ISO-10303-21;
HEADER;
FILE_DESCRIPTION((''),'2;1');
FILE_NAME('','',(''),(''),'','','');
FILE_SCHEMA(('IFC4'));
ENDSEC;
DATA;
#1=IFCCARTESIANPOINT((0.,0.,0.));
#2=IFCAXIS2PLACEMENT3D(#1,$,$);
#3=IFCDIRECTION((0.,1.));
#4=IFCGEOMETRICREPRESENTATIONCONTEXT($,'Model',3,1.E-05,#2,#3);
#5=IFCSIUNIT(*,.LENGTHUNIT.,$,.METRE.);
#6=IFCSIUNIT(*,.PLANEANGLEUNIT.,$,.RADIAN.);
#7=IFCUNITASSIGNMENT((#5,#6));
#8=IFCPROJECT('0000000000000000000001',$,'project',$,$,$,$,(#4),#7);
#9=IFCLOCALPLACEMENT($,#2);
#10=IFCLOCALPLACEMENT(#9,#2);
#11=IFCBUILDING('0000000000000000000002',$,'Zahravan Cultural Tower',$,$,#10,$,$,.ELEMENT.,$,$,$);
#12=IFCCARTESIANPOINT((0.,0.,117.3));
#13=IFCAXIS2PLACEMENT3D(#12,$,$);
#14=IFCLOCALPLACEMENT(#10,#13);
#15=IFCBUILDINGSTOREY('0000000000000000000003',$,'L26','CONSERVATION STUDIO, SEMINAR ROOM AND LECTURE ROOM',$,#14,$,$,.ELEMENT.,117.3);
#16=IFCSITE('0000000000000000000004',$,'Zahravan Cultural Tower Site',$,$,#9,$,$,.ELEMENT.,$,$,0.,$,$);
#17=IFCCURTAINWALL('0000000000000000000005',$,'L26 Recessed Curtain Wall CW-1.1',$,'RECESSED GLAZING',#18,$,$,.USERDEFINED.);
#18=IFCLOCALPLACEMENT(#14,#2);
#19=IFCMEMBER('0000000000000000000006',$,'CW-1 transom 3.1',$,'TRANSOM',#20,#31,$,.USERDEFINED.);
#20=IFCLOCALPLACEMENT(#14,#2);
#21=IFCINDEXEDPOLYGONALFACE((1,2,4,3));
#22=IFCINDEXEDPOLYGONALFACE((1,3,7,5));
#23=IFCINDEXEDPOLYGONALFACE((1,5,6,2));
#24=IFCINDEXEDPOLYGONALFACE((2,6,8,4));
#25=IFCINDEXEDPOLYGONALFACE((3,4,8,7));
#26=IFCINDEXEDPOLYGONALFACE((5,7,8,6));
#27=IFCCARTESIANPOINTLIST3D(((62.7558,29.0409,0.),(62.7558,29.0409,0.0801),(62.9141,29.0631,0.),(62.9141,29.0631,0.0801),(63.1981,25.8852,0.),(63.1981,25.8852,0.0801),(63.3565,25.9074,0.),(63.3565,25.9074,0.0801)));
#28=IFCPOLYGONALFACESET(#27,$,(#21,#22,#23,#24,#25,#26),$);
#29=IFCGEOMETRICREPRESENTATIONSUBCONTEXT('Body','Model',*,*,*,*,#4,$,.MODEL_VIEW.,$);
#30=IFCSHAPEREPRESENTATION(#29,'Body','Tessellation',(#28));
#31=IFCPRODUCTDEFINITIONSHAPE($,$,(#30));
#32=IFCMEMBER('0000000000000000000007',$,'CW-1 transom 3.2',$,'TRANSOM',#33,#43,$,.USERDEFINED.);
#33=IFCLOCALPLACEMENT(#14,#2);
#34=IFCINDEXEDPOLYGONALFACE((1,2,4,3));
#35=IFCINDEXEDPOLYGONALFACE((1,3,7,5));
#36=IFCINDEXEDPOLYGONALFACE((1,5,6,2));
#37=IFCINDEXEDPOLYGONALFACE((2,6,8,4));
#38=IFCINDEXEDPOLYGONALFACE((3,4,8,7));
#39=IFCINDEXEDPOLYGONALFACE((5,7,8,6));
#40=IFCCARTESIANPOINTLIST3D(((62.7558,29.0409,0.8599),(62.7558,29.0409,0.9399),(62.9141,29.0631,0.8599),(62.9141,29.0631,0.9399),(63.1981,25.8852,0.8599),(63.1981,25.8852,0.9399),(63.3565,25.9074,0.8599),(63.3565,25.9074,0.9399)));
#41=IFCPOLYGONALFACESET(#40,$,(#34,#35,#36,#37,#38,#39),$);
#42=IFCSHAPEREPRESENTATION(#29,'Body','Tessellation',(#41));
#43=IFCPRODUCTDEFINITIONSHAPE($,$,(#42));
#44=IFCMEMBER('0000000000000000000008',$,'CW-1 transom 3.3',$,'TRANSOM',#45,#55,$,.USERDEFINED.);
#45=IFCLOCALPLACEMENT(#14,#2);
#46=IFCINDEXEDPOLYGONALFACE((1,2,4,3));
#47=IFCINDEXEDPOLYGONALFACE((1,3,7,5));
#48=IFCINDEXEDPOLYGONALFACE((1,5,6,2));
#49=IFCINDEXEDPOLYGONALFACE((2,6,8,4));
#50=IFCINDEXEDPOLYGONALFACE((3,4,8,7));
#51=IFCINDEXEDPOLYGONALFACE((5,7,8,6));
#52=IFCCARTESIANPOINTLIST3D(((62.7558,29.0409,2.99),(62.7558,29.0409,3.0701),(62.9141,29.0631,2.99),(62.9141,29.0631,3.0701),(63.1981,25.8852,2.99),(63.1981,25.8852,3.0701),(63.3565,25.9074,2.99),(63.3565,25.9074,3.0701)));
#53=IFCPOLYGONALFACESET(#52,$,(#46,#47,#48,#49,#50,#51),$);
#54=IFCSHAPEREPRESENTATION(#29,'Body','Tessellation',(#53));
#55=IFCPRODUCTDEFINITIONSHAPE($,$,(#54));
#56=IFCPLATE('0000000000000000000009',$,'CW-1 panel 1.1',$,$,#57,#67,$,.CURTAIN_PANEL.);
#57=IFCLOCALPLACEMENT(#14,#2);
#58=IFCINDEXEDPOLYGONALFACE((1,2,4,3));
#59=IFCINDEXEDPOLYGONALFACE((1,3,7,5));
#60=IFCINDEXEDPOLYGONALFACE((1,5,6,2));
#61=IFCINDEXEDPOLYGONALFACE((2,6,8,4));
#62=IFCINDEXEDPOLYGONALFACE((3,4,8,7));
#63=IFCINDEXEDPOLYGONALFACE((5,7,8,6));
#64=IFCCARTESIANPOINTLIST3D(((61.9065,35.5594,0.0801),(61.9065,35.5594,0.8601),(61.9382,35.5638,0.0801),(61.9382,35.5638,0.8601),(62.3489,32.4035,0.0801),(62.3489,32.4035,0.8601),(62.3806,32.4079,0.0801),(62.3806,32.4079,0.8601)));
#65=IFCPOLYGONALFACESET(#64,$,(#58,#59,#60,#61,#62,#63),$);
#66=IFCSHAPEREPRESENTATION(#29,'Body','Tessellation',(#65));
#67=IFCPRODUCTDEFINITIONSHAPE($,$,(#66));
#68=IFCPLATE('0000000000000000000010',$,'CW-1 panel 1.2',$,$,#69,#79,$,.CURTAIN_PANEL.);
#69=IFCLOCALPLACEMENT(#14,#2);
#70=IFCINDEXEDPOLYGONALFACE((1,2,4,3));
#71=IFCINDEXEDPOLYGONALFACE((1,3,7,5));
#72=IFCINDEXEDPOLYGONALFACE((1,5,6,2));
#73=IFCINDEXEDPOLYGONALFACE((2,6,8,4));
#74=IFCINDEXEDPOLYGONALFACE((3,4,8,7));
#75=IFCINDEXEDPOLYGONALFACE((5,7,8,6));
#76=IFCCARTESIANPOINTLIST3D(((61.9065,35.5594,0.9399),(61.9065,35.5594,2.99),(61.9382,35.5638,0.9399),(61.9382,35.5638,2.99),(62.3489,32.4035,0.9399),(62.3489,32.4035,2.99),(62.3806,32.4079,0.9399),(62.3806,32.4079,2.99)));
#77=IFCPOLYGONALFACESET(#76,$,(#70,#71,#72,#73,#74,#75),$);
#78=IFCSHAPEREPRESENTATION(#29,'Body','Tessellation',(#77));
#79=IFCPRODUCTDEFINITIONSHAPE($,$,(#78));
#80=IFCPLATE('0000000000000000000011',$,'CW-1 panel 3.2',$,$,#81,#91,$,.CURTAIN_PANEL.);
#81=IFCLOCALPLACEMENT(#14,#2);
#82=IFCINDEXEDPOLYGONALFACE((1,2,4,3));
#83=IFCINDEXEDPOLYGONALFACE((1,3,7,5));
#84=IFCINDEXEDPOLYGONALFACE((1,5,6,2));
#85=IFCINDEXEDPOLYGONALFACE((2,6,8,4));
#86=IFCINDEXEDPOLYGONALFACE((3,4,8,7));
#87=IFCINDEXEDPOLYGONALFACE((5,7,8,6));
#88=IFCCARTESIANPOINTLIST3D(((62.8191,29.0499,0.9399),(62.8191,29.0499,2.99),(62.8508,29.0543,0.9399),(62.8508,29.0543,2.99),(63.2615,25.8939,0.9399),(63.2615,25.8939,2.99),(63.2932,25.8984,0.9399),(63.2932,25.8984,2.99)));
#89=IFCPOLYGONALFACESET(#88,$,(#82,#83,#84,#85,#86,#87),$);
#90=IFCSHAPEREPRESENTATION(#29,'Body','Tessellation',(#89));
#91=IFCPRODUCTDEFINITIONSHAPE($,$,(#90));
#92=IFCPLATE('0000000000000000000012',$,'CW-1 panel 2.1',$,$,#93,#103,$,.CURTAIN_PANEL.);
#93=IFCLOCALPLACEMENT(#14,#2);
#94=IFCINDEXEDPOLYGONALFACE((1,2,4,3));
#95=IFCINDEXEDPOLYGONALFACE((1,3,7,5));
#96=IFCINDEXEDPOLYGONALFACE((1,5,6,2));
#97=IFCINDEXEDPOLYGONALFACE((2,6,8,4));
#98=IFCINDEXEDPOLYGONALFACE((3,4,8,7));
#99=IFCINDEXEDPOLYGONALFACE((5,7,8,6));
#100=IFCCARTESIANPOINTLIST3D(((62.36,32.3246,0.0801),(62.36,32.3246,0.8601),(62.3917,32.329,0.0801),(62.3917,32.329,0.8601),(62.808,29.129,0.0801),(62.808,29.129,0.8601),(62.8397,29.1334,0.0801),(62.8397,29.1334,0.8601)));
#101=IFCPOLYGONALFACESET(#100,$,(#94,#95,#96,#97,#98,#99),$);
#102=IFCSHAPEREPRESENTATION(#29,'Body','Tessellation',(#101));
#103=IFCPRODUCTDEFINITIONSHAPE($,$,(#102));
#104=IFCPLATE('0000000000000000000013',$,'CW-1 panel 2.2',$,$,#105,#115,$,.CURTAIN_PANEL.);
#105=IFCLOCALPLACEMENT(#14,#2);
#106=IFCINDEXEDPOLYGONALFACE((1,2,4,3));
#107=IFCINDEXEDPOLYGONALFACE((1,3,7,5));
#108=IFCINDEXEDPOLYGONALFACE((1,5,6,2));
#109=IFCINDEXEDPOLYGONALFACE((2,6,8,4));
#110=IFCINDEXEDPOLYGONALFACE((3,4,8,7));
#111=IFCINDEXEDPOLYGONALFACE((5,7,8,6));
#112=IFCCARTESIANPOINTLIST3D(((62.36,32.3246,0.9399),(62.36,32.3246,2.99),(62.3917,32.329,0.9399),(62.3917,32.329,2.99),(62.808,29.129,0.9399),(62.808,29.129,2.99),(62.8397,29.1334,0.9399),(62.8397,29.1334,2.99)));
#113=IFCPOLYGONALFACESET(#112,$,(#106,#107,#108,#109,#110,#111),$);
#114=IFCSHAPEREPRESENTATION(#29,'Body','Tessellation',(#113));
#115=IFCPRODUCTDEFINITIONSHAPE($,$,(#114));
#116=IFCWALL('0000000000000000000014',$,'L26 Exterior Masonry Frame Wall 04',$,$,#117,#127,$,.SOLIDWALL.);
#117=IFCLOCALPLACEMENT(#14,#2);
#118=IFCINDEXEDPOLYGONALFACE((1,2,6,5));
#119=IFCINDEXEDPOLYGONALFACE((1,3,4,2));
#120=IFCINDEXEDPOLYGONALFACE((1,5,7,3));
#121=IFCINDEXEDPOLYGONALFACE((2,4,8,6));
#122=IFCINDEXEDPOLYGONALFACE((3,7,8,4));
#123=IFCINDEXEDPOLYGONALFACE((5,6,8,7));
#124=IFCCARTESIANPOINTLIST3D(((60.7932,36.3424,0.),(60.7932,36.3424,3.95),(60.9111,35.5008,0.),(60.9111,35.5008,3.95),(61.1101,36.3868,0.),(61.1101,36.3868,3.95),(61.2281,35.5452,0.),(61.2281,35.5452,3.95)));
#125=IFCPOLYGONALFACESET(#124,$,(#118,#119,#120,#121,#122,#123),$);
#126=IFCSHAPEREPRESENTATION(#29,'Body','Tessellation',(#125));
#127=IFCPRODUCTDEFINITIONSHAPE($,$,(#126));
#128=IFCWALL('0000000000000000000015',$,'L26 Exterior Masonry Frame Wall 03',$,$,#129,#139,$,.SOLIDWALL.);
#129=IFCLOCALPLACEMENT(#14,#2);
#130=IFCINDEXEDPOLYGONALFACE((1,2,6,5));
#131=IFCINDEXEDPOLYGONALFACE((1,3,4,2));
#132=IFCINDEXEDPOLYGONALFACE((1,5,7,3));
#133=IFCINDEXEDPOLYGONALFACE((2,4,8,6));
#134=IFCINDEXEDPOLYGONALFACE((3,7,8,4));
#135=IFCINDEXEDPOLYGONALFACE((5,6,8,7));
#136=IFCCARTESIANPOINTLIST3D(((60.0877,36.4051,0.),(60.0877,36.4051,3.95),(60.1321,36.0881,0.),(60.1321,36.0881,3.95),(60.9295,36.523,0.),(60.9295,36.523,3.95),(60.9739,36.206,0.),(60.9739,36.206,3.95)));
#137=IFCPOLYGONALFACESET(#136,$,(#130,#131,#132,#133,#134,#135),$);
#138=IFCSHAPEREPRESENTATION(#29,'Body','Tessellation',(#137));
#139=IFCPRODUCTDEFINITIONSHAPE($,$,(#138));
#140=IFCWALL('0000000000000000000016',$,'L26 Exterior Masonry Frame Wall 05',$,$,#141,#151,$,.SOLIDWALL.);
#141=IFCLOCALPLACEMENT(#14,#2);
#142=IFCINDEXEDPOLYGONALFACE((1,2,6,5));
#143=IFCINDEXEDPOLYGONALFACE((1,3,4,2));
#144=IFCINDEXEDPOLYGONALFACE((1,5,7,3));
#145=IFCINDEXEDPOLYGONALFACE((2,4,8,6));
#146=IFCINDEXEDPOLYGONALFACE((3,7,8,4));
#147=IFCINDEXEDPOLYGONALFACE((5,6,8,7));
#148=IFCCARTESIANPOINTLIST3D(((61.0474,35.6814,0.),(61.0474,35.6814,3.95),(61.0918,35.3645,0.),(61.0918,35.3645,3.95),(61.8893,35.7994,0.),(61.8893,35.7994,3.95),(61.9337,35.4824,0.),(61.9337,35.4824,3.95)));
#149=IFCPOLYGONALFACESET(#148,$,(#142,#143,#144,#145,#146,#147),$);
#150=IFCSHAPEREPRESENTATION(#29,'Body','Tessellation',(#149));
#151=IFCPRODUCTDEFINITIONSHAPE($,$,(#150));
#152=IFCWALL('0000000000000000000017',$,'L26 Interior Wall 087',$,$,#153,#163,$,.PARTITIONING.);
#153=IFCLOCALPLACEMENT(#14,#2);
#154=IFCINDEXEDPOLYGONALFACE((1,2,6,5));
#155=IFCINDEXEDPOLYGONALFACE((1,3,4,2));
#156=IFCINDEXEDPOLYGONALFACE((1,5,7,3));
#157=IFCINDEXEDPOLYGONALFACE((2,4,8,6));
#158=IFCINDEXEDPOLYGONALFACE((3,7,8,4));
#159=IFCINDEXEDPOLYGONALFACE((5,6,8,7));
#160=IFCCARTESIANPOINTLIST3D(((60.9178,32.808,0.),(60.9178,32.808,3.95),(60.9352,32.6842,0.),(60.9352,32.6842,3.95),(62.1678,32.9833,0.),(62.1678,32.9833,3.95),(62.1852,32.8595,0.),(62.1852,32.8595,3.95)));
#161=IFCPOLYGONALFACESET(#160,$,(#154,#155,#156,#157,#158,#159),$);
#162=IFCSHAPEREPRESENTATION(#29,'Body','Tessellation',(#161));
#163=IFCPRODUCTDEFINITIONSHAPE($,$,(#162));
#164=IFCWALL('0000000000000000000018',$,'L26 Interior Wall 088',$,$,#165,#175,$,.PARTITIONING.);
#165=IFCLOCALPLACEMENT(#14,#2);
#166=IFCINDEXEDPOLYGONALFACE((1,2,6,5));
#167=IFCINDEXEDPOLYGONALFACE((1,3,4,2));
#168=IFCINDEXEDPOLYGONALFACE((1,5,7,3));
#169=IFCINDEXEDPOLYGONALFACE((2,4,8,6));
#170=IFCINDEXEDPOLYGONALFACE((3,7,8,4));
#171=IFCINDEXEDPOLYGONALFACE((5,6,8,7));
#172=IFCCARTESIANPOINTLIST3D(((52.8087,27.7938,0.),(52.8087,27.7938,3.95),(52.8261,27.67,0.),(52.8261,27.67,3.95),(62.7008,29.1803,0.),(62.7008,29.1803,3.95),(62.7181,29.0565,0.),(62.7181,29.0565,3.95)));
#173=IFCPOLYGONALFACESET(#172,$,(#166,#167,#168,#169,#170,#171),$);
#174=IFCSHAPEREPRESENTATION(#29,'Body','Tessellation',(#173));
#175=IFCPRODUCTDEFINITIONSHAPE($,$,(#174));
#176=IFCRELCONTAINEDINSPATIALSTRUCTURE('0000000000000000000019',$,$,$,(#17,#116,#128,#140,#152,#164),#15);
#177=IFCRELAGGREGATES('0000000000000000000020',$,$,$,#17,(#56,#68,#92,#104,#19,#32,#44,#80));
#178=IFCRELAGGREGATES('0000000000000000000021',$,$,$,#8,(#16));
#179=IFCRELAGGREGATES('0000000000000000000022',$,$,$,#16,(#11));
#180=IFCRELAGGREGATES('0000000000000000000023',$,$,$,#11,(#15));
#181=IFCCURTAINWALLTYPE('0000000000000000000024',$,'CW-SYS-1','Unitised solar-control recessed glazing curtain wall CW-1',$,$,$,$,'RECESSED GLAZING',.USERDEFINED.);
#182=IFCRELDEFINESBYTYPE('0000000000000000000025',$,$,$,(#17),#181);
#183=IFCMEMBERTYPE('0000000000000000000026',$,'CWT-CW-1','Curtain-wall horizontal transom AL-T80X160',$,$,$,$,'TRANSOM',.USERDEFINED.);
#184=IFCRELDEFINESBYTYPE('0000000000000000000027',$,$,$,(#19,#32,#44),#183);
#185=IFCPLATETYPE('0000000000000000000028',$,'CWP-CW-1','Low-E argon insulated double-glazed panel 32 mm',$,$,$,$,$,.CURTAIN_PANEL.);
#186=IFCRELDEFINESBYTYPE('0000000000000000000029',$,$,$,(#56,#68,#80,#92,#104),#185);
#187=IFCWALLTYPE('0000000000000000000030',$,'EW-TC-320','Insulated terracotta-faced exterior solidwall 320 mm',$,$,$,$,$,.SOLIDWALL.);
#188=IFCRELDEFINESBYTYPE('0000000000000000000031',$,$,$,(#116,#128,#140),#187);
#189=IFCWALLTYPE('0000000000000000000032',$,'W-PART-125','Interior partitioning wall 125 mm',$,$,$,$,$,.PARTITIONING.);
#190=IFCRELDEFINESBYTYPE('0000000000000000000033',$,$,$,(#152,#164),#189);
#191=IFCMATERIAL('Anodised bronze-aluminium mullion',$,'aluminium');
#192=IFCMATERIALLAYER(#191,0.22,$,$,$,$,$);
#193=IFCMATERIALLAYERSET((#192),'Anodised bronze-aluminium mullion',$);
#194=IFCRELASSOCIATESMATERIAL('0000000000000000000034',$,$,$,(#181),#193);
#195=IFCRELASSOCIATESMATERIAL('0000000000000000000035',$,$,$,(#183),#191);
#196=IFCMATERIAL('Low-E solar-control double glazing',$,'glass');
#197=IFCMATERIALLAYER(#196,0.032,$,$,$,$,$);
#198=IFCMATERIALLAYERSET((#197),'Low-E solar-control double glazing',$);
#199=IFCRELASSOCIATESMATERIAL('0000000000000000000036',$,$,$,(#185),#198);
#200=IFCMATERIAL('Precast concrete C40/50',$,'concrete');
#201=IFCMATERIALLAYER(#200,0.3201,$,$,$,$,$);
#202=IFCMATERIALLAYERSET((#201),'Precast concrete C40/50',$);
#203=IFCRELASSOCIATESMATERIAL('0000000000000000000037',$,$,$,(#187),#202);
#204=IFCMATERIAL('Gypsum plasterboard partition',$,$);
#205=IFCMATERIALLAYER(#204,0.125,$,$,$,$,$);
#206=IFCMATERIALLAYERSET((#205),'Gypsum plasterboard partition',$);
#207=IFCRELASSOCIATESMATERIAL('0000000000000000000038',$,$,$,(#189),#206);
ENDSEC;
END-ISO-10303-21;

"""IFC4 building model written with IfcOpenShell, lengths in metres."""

from ifc_helpers import new_model, si_unit, direction, frame, frame_2d, origin, origin_2d, place, context, subcontext, project, spatial, rectangle, extrude, source, transform, mapped, material, layer, layer_set, material_profile, profile_set, type_object, element, aggregate, save


model = new_model("IFC4")

# Units and contexts
model_context = context("Model", 3, precision=1e-05, world=origin(), true_north=direction((0.0, 1.0)))
body_context = subcontext(model_context, "Body", "Model", "MODEL_VIEW")
ifc_project = project(units=[si_unit("LENGTHUNIT", "METRE"), si_unit("PLANEANGLEUNIT", "RADIAN")], contexts=[model_context])

# Site, building, storey
site_placement = place(None, origin())
site = spatial("IfcSite", under=ifc_project, at=site_placement, Name="Zahravan Cultural Tower Site", CompositionType="ELEMENT", RefElevation=0.0)
building_placement = place(site_placement, origin())
building = spatial("IfcBuilding", under=site, at=building_placement, Name="Zahravan Cultural Tower", CompositionType="ELEMENT")
storey_placement = place(building_placement, frame((0.0, 0.0, 117.3)))
storey = spatial("IfcBuildingStorey", under=building, at=storey_placement, Name="L26", Description="CONSERVATION STUDIO, SEMINAR ROOM AND LECTURE ROOM", CompositionType="ELEMENT", Elevation=117.3)

# Curtain wall, members, plates
ifc_material_1 = material(Name="Anodised bronze-aluminium mullion", Category="aluminium")
ifc_layer_1 = layer(ifc_material_1, 0.22)
ifc_layer_set_1 = layer_set([ifc_layer_1], Name="Anodised bronze-aluminium mullion")
curtain_wall_type = type_object("IfcCurtainWallType", Name="CW-SYS-1", Description="Unitised solar-control recessed glazing curtain wall CW-1", ElementType="RECESSED GLAZING", PredefinedType="USERDEFINED", material=ifc_layer_set_1)
curtain_wall_placement = place(storey_placement, origin())
curtain_wall = element("IfcCurtainWall", 1, at=curtain_wall_placement, inside=storey, type_object=curtain_wall_type, Name="L26 Recessed Curtain Wall CW-1.1", ObjectType="RECESSED GLAZING", PredefinedType="USERDEFINED")
ifc_material_profile_1 = material_profile(ifc_material_1, rectangle(XDim=0.1599, YDim=0.0801, at=origin_2d()), Name="AL-T80X160")
ifc_profile_set_1 = profile_set([ifc_material_profile_1], Name="Anodised bronze-aluminium mullion")
member_type_1 = type_object("IfcMemberType", Name="CWT-CW-1", Description="Curtain-wall horizontal transom AL-T80X160", ElementType="TRANSOM", PredefinedType="USERDEFINED", material=ifc_profile_set_1)
shared_shape_1 = source(origin(), body_context, "Body", "SweptSolid", [
    extrude(rectangle(XDim=0.1599, YDim=0.0801, at=origin_2d()), origin(), (0.0, 0.0, 1.0), 3.1865),
])
member_1_placement = place(storey_placement, frame((62.835, 29.052, 0.04), z_axis=(0.138825, -0.990317, 0.0), x_axis=(0.990317, 0.138825, 0.0)))
member_1 = element("IfcMember", 2, at=member_1_placement, type_object=member_type_1, Name="CW-1 transom 3.1", ObjectType="TRANSOM", PredefinedType="USERDEFINED", context=body_context, shape_type="MappedRepresentation", body=[
    mapped(shared_shape_1, transform((0.0, 0.0, 0.0), x_axis=(1.0, 0.0, 0.0), y_axis=(0.0, 1.0, 0.0), z_axis=(0.0, 0.0, 1.0), scale=1.0)),
])
member_2_placement = place(storey_placement, frame((62.835, 29.052, 0.8999), z_axis=(0.138825, -0.990317, 0.0), x_axis=(0.990317, 0.138825, 0.0)))
member_2 = element("IfcMember", 3, at=member_2_placement, type_object=member_type_1, Name="CW-1 transom 3.2", ObjectType="TRANSOM", PredefinedType="USERDEFINED", context=body_context, shape_type="MappedRepresentation", body=[
    mapped(shared_shape_1, transform((0.0, 0.0, 0.0), x_axis=(1.0, 0.0, 0.0), y_axis=(0.0, 1.0, 0.0), z_axis=(0.0, 0.0, 1.0), scale=1.0)),
])
member_3_placement = place(storey_placement, frame((62.835, 29.052, 3.03), z_axis=(0.138825, -0.990317, 0.0), x_axis=(0.990317, 0.138825, 0.0)))
member_3 = element("IfcMember", 4, at=member_3_placement, type_object=member_type_1, Name="CW-1 transom 3.3", ObjectType="TRANSOM", PredefinedType="USERDEFINED", context=body_context, shape_type="MappedRepresentation", body=[
    mapped(shared_shape_1, transform((0.0, 0.0, 0.0), x_axis=(1.0, 0.0, 0.0), y_axis=(0.0, 1.0, 0.0), z_axis=(0.0, 0.0, 1.0), scale=1.0)),
])
ifc_material_2 = material(Name="Low-E solar-control double glazing", Category="glass")
ifc_layer_2 = layer(ifc_material_2, 0.032)
ifc_layer_set_2 = layer_set([ifc_layer_2], Name="Low-E solar-control double glazing")
plate_type = type_object("IfcPlateType", Name="CWP-CW-1", Description="Low-E argon insulated double-glazed panel 32 mm", PredefinedType="CURTAIN_PANEL", material=ifc_layer_set_2)
shared_shape_2 = source(origin(), body_context, "Body", "SweptSolid", [
    extrude(rectangle(XDim=3.1868, YDim=0.032, at=origin_2d()), origin(), (0.0, 0.0, 1.0), 0.78),
])
plate_1_placement = place(storey_placement, frame((62.1436, 33.9836, 0.0801), z_axis=(0.0, 0.0, 1.0), x_axis=(0.13883, -0.990316, 0.0)))
plate_1 = element("IfcPlate", 5, at=plate_1_placement, type_object=plate_type, Name="CW-1 panel 1.1", PredefinedType="CURTAIN_PANEL", context=body_context, shape_type="MappedRepresentation", body=[
    mapped(shared_shape_2, transform((0.0, 0.0, 0.0), x_axis=(1.0, 0.0, 0.0), y_axis=(0.0, 1.0, 0.0), z_axis=(0.0, 0.0, 1.0), scale=1.0)),
])
shared_shape_3 = source(origin(), body_context, "Body", "SweptSolid", [
    extrude(rectangle(XDim=3.1868, YDim=0.032, at=origin_2d()), origin(), (0.0, 0.0, 1.0), 2.05),
])
plate_2_placement = place(storey_placement, frame((62.1436, 33.9836, 0.9399), z_axis=(0.0, 0.0, 1.0), x_axis=(0.13883, -0.990316, 0.0)))
plate_2 = element("IfcPlate", 6, at=plate_2_placement, type_object=plate_type, Name="CW-1 panel 1.2", PredefinedType="CURTAIN_PANEL", context=body_context, shape_type="MappedRepresentation", body=[
    mapped(shared_shape_3, transform((0.0, 0.0, 0.0), x_axis=(1.0, 0.0, 0.0), y_axis=(0.0, 1.0, 0.0), z_axis=(0.0, 0.0, 1.0), scale=1.0)),
])
plate_3_placement = place(storey_placement, frame((63.0562, 27.4741, 0.9399), z_axis=(0.0, 0.0, 1.0), x_axis=(0.13883, -0.990316, 0.0)))
plate_3 = element("IfcPlate", 7, at=plate_3_placement, type_object=plate_type, Name="CW-1 panel 3.2", PredefinedType="CURTAIN_PANEL", context=body_context, shape_type="MappedRepresentation", body=[
    mapped(shared_shape_3, transform((0.0, 0.0, 0.0), x_axis=(1.0, 0.0, 0.0), y_axis=(0.0, 1.0, 0.0), z_axis=(0.0, 0.0, 1.0), scale=1.0)),
])
shared_shape_4 = source(origin(), body_context, "Body", "SweptSolid", [
    extrude(rectangle(XDim=3.2268, YDim=0.032, at=origin_2d()), origin(), (0.0, 0.0, 1.0), 0.78),
])
plate_4_placement = place(storey_placement, frame((62.5999, 30.729, 0.0801), z_axis=(0.0, 0.0, 1.0), x_axis=(0.13883, -0.990316, 0.0)))
plate_4 = element("IfcPlate", 8, at=plate_4_placement, type_object=plate_type, Name="CW-1 panel 2.1", PredefinedType="CURTAIN_PANEL", context=body_context, shape_type="MappedRepresentation", body=[
    mapped(shared_shape_4, transform((0.0, 0.0, 0.0), x_axis=(1.0, 0.0, 0.0), y_axis=(0.0, 1.0, 0.0), z_axis=(0.0, 0.0, 1.0), scale=1.0)),
])
shared_shape_5 = source(origin(), body_context, "Body", "SweptSolid", [
    extrude(rectangle(XDim=3.2268, YDim=0.032, at=origin_2d()), origin(), (0.0, 0.0, 1.0), 2.05),
])
plate_5_placement = place(storey_placement, frame((62.5999, 30.729, 0.9399), z_axis=(0.0, 0.0, 1.0), x_axis=(0.13883, -0.990316, 0.0)))
plate_5 = element("IfcPlate", 9, at=plate_5_placement, type_object=plate_type, Name="CW-1 panel 2.2", PredefinedType="CURTAIN_PANEL", context=body_context, shape_type="MappedRepresentation", body=[
    mapped(shared_shape_5, transform((0.0, 0.0, 0.0), x_axis=(1.0, 0.0, 0.0), y_axis=(0.0, 1.0, 0.0), z_axis=(0.0, 0.0, 1.0), scale=1.0)),
])
aggregate(curtain_wall, [plate_1, plate_2, plate_4, plate_5, member_1, member_2, member_3, plate_3])

# Walls
ifc_material_3 = material(Name="Precast concrete C40/50", Category="concrete")
ifc_layer_3 = layer(ifc_material_3, 0.3201)
ifc_layer_set_3 = layer_set([ifc_layer_3], Name="Precast concrete C40/50")
wall_type_1 = type_object("IfcWallType", Name="EW-TC-320", Description="Insulated terracotta-faced exterior solidwall 320 mm", PredefinedType="SOLIDWALL", material=ifc_layer_set_3)
shared_shape_6 = source(origin(), body_context, "Body", "SweptSolid", [
    extrude(rectangle(XDim=0.8499, YDim=0.3201, at=frame_2d((0.4248, 0.0))), origin(), (0.0, 0.0, 1.0), 3.95),
])
wall_1_placement = place(storey_placement, frame((60.9517, 36.3645, 0.0), z_axis=(0.0, 0.0, 1.0), x_axis=(0.138766, -0.990325, 0.0)))
element("IfcWall", 10, at=wall_1_placement, inside=storey, type_object=wall_type_1, Name="L26 Exterior Masonry Frame Wall 04", PredefinedType="SOLIDWALL", context=body_context, shape_type="MappedRepresentation", body=[
    mapped(shared_shape_6, transform((0.0, 0.0, 0.0), x_axis=(1.0, 0.0, 0.0), y_axis=(0.0, 1.0, 0.0), z_axis=(0.0, 0.0, 1.0), scale=1.0)),
])
shared_shape_7 = source(origin(), body_context, "Body", "SweptSolid", [
    extrude(rectangle(XDim=0.8501, YDim=0.3201, at=frame_2d((0.425, 0.0))), origin(), (0.0, 0.0, 1.0), 3.95),
])
for number, where, z_axis, x_axis, name in (
    (11, (60.1099, 36.2466, 0.0), (0.0, 0.0, 1.0), (0.990331, 0.138727, 0.0), "L26 Exterior Masonry Frame Wall 03"),
    (12, (61.0696, 35.5229, 0.0), (0.0, 0.0, 1.0), (0.990331, 0.138727, 0.0), "L26 Exterior Masonry Frame Wall 05"),
):
    element("IfcWall", number, at=place(storey_placement, frame(where, z_axis=z_axis, x_axis=x_axis)), inside=storey, type_object=wall_type_1, Name=name, PredefinedType="SOLIDWALL", context=body_context, shape_type="MappedRepresentation", body=[
        mapped(shared_shape_7, transform((0.0, 0.0, 0.0), x_axis=(1.0, 0.0, 0.0), y_axis=(0.0, 1.0, 0.0), z_axis=(0.0, 0.0, 1.0), scale=1.0)),
    ])
ifc_material_4 = material(Name="Gypsum plasterboard partition")
ifc_layer_4 = layer(ifc_material_4, 0.125)
ifc_layer_set_4 = layer_set([ifc_layer_4], Name="Gypsum plasterboard partition")
wall_type_2 = type_object("IfcWallType", Name="W-PART-125", Description="Interior partitioning wall 125 mm", PredefinedType="PARTITIONING", material=ifc_layer_set_4)
shared_shape_8 = source(origin(), body_context, "Body", "SweptSolid", [
    extrude(rectangle(XDim=1.2622, YDim=0.125, at=frame_2d((0.6311, 0.0))), origin(), (0.0, 0.0, 1.0), 3.95),
])
wall_2_placement = place(storey_placement, frame((60.9265, 32.7461, 0.0), z_axis=(0.0, 0.0, 1.0), x_axis=(0.99031, 0.138875, 0.0)))
element("IfcWall", 13, at=wall_2_placement, inside=storey, type_object=wall_type_2, Name="L26 Interior Wall 087", PredefinedType="PARTITIONING", context=body_context, shape_type="MappedRepresentation", body=[
    mapped(shared_shape_8, transform((0.0, 0.0, 0.0), x_axis=(1.0, 0.0, 0.0), y_axis=(0.0, 1.0, 0.0), z_axis=(0.0, 0.0, 1.0), scale=1.0)),
])
shared_shape_9 = source(origin(), body_context, "Body", "SweptSolid", [
    extrude(rectangle(XDim=9.9888, YDim=0.125, at=frame_2d((4.9944, 0.0))), origin(), (0.0, 0.0, 1.0), 3.95),
])
wall_3_placement = place(storey_placement, frame((62.7095, 29.1184, 0.0), z_axis=(0.0, 0.0, 1.0), x_axis=(-0.99032, -0.138803, 0.0)))
element("IfcWall", 14, at=wall_3_placement, inside=storey, type_object=wall_type_2, Name="L26 Interior Wall 088", PredefinedType="PARTITIONING", context=body_context, shape_type="MappedRepresentation", body=[
    mapped(shared_shape_9, transform((0.0, 0.0, 0.0), x_axis=(1.0, 0.0, 0.0), y_axis=(0.0, 1.0, 0.0), z_axis=(0.0, 0.0, 1.0), scale=1.0)),
])

save(model, "model.ifc")
